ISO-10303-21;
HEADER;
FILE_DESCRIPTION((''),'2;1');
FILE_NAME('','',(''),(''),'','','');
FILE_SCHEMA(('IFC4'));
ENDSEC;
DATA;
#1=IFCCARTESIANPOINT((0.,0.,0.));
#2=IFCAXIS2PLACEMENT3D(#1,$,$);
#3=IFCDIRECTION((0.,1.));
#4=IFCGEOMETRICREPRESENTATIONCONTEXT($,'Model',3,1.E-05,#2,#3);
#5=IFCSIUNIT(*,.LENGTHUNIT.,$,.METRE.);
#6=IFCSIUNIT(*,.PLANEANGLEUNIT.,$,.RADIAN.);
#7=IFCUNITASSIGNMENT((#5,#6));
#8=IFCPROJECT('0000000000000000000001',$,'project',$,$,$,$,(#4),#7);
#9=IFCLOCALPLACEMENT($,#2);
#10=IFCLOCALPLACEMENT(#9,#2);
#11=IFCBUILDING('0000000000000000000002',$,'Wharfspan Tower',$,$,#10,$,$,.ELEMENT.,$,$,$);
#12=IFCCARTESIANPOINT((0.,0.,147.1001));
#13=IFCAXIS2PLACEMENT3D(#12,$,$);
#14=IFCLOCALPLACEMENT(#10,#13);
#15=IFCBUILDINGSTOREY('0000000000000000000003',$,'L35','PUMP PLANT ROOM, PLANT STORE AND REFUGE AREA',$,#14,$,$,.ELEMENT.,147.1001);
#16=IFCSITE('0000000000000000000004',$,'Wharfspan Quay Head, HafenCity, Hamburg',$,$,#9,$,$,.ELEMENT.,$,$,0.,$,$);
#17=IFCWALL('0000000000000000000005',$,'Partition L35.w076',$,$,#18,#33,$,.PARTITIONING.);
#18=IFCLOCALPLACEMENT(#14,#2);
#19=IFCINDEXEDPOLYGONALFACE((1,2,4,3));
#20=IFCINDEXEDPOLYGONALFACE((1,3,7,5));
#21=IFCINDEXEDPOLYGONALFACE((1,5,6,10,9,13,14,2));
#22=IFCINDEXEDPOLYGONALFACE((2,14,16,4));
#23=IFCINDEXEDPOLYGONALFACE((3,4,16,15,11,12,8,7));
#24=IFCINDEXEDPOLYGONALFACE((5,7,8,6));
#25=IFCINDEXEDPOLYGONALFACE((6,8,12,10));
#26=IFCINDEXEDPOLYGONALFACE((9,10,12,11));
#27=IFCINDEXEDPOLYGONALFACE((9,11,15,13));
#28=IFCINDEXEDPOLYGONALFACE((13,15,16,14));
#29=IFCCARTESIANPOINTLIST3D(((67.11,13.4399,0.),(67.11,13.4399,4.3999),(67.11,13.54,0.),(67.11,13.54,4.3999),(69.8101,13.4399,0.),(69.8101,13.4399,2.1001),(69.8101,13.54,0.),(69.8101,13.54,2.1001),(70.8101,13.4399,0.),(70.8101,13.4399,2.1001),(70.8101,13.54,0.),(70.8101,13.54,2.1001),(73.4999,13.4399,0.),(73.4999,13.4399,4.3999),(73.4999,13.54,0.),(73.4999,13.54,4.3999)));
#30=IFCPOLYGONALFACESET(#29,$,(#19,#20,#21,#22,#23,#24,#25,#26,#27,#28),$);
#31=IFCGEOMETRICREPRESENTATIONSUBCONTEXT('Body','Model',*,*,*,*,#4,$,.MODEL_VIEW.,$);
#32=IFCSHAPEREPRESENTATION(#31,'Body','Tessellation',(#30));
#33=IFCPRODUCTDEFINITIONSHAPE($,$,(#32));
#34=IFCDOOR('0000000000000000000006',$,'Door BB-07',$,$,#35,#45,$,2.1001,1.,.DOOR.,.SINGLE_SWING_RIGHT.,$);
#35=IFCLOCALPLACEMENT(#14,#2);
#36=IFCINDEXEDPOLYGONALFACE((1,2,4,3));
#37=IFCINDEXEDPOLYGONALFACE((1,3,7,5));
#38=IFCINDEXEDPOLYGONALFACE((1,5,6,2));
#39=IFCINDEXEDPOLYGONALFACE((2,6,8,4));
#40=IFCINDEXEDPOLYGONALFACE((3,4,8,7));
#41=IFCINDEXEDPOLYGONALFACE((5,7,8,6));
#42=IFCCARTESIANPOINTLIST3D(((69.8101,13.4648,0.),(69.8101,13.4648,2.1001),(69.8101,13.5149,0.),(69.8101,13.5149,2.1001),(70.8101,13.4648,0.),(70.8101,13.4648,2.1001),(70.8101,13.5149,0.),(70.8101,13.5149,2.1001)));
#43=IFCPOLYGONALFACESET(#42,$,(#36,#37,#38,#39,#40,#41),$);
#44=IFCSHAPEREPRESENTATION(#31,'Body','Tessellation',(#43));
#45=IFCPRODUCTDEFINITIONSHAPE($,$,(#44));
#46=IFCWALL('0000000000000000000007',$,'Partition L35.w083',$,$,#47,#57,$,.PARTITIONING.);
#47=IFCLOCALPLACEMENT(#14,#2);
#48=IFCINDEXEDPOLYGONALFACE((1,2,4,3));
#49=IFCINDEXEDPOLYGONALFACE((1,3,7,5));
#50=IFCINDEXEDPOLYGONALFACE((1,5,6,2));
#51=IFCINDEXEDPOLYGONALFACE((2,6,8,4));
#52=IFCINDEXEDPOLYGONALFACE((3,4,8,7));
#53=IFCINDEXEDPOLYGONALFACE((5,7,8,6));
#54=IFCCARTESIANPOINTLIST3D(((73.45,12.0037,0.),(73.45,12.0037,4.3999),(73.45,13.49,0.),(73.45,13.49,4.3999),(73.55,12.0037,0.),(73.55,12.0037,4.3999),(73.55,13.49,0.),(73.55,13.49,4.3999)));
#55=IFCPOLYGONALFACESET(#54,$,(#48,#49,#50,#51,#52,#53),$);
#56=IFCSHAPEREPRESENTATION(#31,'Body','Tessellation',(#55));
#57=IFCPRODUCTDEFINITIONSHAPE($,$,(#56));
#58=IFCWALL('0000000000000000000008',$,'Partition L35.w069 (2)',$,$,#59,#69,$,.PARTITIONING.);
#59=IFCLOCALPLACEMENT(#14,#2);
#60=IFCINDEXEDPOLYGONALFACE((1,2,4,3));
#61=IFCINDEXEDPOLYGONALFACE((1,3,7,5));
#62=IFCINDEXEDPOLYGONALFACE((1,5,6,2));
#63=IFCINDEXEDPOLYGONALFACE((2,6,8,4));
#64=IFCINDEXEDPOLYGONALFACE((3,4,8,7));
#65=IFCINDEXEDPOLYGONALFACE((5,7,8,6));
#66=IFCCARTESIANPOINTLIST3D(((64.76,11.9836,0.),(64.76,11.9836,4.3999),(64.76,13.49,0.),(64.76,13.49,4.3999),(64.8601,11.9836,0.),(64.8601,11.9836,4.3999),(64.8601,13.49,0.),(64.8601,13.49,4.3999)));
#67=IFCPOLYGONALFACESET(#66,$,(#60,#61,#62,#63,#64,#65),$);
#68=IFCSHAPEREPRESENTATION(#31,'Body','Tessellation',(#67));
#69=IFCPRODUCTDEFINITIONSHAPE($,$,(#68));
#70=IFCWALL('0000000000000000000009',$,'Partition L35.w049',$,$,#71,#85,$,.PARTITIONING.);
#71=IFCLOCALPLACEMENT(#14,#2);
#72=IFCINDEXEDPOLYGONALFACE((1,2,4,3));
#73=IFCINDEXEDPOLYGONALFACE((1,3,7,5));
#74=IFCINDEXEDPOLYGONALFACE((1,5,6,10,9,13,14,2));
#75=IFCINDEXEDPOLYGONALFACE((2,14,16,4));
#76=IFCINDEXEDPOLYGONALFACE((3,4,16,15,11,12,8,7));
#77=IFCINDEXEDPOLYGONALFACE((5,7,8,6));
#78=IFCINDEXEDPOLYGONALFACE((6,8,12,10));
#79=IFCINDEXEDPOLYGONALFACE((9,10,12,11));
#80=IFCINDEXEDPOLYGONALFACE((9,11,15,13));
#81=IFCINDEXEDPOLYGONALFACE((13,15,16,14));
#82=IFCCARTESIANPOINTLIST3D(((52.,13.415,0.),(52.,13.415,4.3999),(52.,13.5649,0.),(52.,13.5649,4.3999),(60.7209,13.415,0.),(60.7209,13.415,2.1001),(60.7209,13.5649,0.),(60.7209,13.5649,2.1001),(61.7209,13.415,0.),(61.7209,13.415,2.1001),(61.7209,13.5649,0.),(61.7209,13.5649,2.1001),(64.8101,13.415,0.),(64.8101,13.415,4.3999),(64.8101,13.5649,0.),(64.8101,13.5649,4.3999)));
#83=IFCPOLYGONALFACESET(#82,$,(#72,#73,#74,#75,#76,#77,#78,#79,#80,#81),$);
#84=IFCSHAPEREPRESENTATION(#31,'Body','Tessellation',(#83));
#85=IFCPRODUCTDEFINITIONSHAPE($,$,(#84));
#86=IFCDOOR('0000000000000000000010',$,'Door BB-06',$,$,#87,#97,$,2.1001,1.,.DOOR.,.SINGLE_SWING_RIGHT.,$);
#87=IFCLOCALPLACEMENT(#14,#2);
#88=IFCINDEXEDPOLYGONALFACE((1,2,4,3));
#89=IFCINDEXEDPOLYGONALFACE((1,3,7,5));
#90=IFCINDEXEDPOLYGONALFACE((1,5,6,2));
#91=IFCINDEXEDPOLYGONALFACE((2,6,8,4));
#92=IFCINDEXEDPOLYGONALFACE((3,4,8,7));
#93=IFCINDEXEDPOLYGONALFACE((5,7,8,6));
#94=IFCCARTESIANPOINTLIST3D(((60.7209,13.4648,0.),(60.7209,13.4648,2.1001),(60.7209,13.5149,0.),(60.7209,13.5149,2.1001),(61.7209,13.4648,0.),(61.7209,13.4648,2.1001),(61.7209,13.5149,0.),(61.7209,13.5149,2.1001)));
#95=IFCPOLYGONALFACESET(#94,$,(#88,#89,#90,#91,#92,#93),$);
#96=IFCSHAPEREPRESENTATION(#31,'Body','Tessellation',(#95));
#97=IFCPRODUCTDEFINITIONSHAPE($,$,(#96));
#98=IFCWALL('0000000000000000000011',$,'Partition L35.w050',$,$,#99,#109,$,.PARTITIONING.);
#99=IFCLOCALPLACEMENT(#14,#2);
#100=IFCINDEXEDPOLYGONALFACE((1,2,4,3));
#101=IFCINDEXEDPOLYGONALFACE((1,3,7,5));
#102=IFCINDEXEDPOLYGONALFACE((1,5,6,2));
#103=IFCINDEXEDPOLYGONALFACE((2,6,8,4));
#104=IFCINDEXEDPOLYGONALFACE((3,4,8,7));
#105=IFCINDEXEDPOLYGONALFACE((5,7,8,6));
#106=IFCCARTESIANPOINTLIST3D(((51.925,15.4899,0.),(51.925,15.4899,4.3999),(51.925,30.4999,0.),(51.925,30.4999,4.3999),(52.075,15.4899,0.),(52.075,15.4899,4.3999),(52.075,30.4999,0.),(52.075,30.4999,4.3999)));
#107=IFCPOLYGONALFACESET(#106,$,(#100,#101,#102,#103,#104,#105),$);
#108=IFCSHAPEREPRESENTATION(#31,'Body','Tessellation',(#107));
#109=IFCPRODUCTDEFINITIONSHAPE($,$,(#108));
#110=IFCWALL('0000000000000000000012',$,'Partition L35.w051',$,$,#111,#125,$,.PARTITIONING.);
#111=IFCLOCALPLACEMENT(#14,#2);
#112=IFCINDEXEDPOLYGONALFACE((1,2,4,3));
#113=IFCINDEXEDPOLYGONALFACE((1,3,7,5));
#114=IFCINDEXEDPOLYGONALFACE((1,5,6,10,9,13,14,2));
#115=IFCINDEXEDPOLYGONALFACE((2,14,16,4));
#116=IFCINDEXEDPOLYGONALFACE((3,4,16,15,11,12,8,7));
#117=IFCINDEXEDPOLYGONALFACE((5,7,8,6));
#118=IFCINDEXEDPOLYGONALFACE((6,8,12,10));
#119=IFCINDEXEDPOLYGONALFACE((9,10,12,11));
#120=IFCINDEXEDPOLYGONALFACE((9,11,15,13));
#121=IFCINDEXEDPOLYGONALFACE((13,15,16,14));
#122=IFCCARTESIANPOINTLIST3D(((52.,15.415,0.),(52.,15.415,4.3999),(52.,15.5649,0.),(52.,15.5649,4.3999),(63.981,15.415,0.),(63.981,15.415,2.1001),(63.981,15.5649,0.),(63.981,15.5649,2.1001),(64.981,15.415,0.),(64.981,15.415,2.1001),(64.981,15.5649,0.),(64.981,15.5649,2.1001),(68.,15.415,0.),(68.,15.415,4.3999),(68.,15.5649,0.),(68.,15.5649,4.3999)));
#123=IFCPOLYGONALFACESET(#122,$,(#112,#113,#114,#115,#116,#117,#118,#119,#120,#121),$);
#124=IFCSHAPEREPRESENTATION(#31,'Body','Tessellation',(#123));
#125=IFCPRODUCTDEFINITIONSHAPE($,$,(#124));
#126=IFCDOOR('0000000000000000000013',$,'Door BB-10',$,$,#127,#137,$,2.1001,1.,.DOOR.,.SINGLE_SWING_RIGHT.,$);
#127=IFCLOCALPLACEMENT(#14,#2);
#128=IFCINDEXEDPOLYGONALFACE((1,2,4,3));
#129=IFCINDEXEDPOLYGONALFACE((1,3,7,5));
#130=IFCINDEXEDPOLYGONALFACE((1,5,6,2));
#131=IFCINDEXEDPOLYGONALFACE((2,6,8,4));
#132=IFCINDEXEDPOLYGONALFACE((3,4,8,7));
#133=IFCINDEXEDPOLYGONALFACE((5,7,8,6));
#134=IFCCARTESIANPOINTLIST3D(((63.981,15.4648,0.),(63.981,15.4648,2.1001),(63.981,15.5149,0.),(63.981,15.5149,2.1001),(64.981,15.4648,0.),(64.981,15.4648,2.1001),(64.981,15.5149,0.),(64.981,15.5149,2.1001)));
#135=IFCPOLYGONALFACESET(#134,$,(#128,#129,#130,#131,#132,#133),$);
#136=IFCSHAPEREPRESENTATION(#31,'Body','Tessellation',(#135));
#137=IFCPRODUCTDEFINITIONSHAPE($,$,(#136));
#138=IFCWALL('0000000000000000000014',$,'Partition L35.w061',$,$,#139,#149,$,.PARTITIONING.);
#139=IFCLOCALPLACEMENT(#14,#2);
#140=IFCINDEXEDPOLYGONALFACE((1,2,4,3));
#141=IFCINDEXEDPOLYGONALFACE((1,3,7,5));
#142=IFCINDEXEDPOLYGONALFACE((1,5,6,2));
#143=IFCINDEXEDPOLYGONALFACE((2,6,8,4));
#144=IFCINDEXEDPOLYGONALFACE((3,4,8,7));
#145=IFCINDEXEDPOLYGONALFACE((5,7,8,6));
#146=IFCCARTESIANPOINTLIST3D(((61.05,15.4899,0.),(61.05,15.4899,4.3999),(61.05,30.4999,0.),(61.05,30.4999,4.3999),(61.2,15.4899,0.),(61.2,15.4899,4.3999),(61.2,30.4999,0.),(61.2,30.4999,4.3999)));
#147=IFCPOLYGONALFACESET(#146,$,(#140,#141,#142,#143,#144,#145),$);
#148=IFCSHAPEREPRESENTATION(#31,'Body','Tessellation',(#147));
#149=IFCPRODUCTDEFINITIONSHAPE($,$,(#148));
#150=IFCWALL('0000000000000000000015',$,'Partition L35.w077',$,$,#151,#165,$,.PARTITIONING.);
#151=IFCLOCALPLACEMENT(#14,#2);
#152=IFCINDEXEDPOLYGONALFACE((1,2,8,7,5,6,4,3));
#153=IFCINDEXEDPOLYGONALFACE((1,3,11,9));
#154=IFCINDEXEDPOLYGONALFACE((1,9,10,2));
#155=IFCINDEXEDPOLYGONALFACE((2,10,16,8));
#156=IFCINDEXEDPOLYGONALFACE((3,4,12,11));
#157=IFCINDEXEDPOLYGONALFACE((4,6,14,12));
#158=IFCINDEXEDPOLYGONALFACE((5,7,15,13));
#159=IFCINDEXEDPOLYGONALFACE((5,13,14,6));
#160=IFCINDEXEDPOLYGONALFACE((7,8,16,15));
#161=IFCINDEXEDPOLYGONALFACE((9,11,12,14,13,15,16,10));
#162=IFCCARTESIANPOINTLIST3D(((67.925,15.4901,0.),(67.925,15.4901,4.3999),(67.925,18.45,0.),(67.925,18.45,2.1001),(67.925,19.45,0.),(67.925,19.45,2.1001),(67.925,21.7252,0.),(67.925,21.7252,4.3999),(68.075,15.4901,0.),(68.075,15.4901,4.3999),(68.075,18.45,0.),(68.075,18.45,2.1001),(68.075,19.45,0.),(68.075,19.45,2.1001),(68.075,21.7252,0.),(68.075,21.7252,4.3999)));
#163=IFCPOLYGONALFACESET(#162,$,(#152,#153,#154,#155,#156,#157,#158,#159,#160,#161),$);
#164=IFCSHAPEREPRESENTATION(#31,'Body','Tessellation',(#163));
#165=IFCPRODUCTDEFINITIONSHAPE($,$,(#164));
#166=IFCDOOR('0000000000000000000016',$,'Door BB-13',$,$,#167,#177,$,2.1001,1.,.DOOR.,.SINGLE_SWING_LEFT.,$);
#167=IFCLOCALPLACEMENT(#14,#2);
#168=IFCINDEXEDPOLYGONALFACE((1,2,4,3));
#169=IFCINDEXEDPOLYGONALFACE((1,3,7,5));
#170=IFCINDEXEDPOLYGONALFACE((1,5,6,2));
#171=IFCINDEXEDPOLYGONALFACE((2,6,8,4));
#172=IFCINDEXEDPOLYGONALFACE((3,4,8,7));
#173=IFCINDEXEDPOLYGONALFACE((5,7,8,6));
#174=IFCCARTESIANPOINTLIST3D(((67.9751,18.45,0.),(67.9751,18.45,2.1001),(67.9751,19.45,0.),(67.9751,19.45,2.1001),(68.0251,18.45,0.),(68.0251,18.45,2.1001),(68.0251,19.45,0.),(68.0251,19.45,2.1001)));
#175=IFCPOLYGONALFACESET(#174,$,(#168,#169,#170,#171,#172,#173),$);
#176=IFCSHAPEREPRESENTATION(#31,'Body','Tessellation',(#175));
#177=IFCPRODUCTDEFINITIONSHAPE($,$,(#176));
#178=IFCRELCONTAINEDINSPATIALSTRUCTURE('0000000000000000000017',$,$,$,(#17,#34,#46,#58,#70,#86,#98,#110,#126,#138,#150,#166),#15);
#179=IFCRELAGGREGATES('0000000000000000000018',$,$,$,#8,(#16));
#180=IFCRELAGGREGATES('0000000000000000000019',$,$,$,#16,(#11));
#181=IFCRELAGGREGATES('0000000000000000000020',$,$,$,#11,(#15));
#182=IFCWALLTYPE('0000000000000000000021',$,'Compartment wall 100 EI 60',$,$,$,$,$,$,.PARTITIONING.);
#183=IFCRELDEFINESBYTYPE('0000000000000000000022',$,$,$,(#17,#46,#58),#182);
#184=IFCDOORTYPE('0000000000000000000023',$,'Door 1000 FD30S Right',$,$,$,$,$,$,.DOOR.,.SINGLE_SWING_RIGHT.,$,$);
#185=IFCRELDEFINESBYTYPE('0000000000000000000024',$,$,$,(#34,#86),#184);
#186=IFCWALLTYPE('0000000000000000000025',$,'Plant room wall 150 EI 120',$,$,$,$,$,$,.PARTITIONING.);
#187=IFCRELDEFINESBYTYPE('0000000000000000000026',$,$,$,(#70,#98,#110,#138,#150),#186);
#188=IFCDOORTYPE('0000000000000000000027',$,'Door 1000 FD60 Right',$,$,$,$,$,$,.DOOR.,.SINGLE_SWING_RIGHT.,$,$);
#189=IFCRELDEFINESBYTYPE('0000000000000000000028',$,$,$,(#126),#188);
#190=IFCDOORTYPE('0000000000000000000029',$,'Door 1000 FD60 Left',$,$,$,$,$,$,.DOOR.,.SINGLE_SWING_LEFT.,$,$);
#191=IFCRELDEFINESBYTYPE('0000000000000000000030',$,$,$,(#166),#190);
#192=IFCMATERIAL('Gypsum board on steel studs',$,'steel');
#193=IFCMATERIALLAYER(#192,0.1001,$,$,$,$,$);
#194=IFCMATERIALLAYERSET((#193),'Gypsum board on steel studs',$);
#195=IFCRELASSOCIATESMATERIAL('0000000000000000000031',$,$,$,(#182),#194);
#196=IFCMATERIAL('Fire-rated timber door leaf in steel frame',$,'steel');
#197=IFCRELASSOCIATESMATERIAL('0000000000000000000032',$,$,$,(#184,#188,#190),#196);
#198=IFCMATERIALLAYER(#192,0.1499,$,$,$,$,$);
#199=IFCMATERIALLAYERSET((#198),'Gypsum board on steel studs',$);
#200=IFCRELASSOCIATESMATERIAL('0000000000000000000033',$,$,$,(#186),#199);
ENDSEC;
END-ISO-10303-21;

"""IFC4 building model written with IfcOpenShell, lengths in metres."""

from ifc_helpers import new_model, si_unit, direction, frame, frame_2d, origin, place, context, subcontext, project, spatial, rectangle, extrude, material, layer, layer_set, type_object, element, fill, save


model = new_model("IFC4")

# Units and contexts
model_context = context("Model", 3, precision=1e-05, world=origin(), true_north=direction((0.0, 1.0)))
body_context = subcontext(model_context, "Body", "Model", "MODEL_VIEW")
ifc_project = project(units=[si_unit("LENGTHUNIT", "METRE"), si_unit("PLANEANGLEUNIT", "RADIAN")], contexts=[model_context])

# Site, building, storey
site_placement = place(None, origin())
site = spatial("IfcSite", under=ifc_project, at=site_placement, Name="Wharfspan Quay Head, HafenCity, Hamburg", CompositionType="ELEMENT", RefElevation=0.0)
building_placement = place(site_placement, origin())
building = spatial("IfcBuilding", under=site, at=building_placement, Name="Wharfspan Tower", CompositionType="ELEMENT")
storey_placement = place(building_placement, frame((0.0, 0.0, 147.1001)))
storey = spatial("IfcBuildingStorey", under=building, at=storey_placement, Name="L35", Description="PUMP PLANT ROOM, PLANT STORE AND REFUGE AREA", CompositionType="ELEMENT", Elevation=147.1001)

# Shared definitions
ifc_material_1 = material(Name="Gypsum board on steel studs", Category="steel")
ifc_layer_1 = layer(ifc_material_1, 0.1001)
ifc_layer_set_1 = layer_set([ifc_layer_1], Name="Gypsum board on steel studs")
wall_type_1 = type_object("IfcWallType", Name="Compartment wall 100 EI 60", PredefinedType="PARTITIONING", material=ifc_layer_set_1)

# Wall, opening, door
wall_1_placement = place(storey_placement, frame((67.1101, 13.49, 0.0), z_axis=(0.0, 0.0, 1.0), x_axis=(1.0, 0.0, 0.0)))
wall_1 = element("IfcWall", 1, at=wall_1_placement, inside=storey, type_object=wall_type_1, Name="Partition L35.w076", PredefinedType="PARTITIONING", context=body_context, shape_type="SweptSolid", body=[
    extrude(rectangle(XDim=6.3899, YDim=0.1001, at=frame_2d((3.1948, 0.0))), origin(), (0.0, 0.0, 1.0), 4.3999),
])
opening_1_placement = place(wall_1_placement, frame((2.7, 0.0, 0.0)))
opening_1 = element("IfcOpeningElement", 2, at=opening_1_placement, cuts=wall_1, PredefinedType="OPENING", context=body_context, shape_type="SweptSolid", body=[
    extrude(rectangle(XDim=1.0, YDim=2.1001, at=frame_2d((0.5, 1.05))), frame((0.0, 0.0601, 0.0), z_axis=(0.0, -1.0, 0.0), x_axis=(1.0, 0.0, 0.0)), (0.0, 0.0, 1.0), 0.1201),
])
ifc_material_2 = material(Name="Fire-rated timber door leaf in steel frame", Category="steel")
door_type_1 = type_object("IfcDoorType", Name="Door 1000 FD30S Right", OperationType="SINGLE_SWING_RIGHT", PredefinedType="DOOR", material=ifc_material_2)
door_1_placement = place(opening_1_placement, origin())
door_1 = element("IfcDoor", 3, at=door_1_placement, inside=storey, type_object=door_type_1, Name="Door BB-07", OperationType="SINGLE_SWING_RIGHT", OverallHeight=2.1001, OverallWidth=1.0, PredefinedType="DOOR", context=body_context, shape_type="SweptSolid", body=[
    extrude(rectangle(XDim=1.0, YDim=2.1001, at=frame_2d((0.5, 1.05))), frame((0.0, 0.0249, 0.0), z_axis=(0.0, -1.0, 0.0), x_axis=(1.0, 0.0, 0.0)), (0.0, 0.0, 1.0), 0.05),
])
fill(opening_1, door_1)

# Walls
wall_2_placement = place(storey_placement, frame((73.5, 12.0037, 0.0), z_axis=(0.0, 0.0, 1.0), x_axis=(0.0, 1.0, 0.0)))
element("IfcWall", 4, at=wall_2_placement, inside=storey, type_object=wall_type_1, Name="Partition L35.w083", PredefinedType="PARTITIONING", context=body_context, shape_type="SweptSolid", body=[
    extrude(rectangle(XDim=1.4863, YDim=0.1001, at=frame_2d((0.7432, 0.0))), origin(), (0.0, 0.0, 1.0), 4.3999),
])
wall_3_placement = place(storey_placement, frame((64.8101, 11.9836, 0.0), z_axis=(0.0, 0.0, 1.0), x_axis=(0.0, 1.0, 0.0)))
element("IfcWall", 5, at=wall_3_placement, inside=storey, type_object=wall_type_1, Name="Partition L35.w069 (2)", PredefinedType="PARTITIONING", context=body_context, shape_type="SweptSolid", body=[
    extrude(rectangle(XDim=1.5063, YDim=0.1001, at=frame_2d((0.7532, 0.0))), origin(), (0.0, 0.0, 1.0), 4.3999),
])

# Wall, opening, door
ifc_layer_2 = layer(ifc_material_1, 0.1499)
ifc_layer_set_2 = layer_set([ifc_layer_2], Name="Gypsum board on steel studs")
wall_type_2 = type_object("IfcWallType", Name="Plant room wall 150 EI 120", PredefinedType="PARTITIONING", material=ifc_layer_set_2)
wall_4_placement = place(storey_placement, frame((52.0, 13.49, 0.0), z_axis=(0.0, 0.0, 1.0), x_axis=(1.0, 0.0, 0.0)))
wall_4 = element("IfcWall", 6, at=wall_4_placement, inside=storey, type_object=wall_type_2, Name="Partition L35.w049", PredefinedType="PARTITIONING", context=body_context, shape_type="SweptSolid", body=[
    extrude(rectangle(XDim=12.8101, YDim=0.1499, at=frame_2d((6.405, 0.0))), origin(), (0.0, 0.0, 1.0), 4.3999),
])
opening_2_placement = place(wall_4_placement, frame((8.7209, 0.0, 0.0)))
opening_2 = element("IfcOpeningElement", 7, at=opening_2_placement, cuts=wall_4, PredefinedType="OPENING", context=body_context, shape_type="SweptSolid", body=[
    extrude(rectangle(XDim=1.0, YDim=2.1001, at=frame_2d((0.5, 1.05))), frame((0.0, 0.085, 0.0), z_axis=(0.0, -1.0, 0.0), x_axis=(1.0, 0.0, 0.0)), (0.0, 0.0, 1.0), 0.1699),
])
door_2_placement = place(opening_2_placement, origin())
door_2 = element("IfcDoor", 8, at=door_2_placement, inside=storey, type_object=door_type_1, Name="Door BB-06", OperationType="SINGLE_SWING_RIGHT", OverallHeight=2.1001, OverallWidth=1.0, PredefinedType="DOOR", context=body_context, shape_type="SweptSolid", body=[
    extrude(rectangle(XDim=1.0, YDim=2.1001, at=frame_2d((0.5, 1.05))), frame((0.0, 0.0249, 0.0), z_axis=(0.0, -1.0, 0.0), x_axis=(1.0, 0.0, 0.0)), (0.0, 0.0, 1.0), 0.05),
])
fill(opening_2, door_2)

# Wall
wall_5_placement = place(storey_placement, frame((52.0, 15.49, 0.0), z_axis=(0.0, 0.0, 1.0), x_axis=(0.0, 1.0, 0.0)))
element("IfcWall", 9, at=wall_5_placement, inside=storey, type_object=wall_type_2, Name="Partition L35.w050", PredefinedType="PARTITIONING", context=body_context, shape_type="SweptSolid", body=[
    extrude(rectangle(XDim=15.01, YDim=0.1499, at=frame_2d((7.5049, 0.0))), origin(), (0.0, 0.0, 1.0), 4.3999),
])

# Wall, opening, door
wall_6_placement = place(storey_placement, frame((52.0, 15.49, 0.0), z_axis=(0.0, 0.0, 1.0), x_axis=(1.0, 0.0, 0.0)))
wall_6 = element("IfcWall", 10, at=wall_6_placement, inside=storey, type_object=wall_type_2, Name="Partition L35.w051", PredefinedType="PARTITIONING", context=body_context, shape_type="SweptSolid", body=[
    extrude(rectangle(XDim=16.0, YDim=0.1499, at=frame_2d((8.0, 0.0))), origin(), (0.0, 0.0, 1.0), 4.3999),
])
opening_3_placement = place(wall_6_placement, frame((11.981, 0.0, 0.0)))
opening_3 = element("IfcOpeningElement", 11, at=opening_3_placement, cuts=wall_6, PredefinedType="OPENING", context=body_context, shape_type="SweptSolid", body=[
    extrude(rectangle(XDim=1.0, YDim=2.1001, at=frame_2d((0.5, 1.05))), frame((0.0, 0.085, 0.0), z_axis=(0.0, -1.0, 0.0), x_axis=(1.0, 0.0, 0.0)), (0.0, 0.0, 1.0), 0.1699),
])
door_type_2 = type_object("IfcDoorType", Name="Door 1000 FD60 Right", OperationType="SINGLE_SWING_RIGHT", PredefinedType="DOOR", material=ifc_material_2)
door_3_placement = place(opening_3_placement, origin())
door_3 = element("IfcDoor", 12, at=door_3_placement, inside=storey, type_object=door_type_2, Name="Door BB-10", OperationType="SINGLE_SWING_RIGHT", OverallHeight=2.1001, OverallWidth=1.0, PredefinedType="DOOR", context=body_context, shape_type="SweptSolid", body=[
    extrude(rectangle(XDim=1.0, YDim=2.1001, at=frame_2d((0.5, 1.05))), frame((0.0, 0.0249, 0.0), z_axis=(0.0, -1.0, 0.0), x_axis=(1.0, 0.0, 0.0)), (0.0, 0.0, 1.0), 0.05),
])
fill(opening_3, door_3)

# Wall
wall_7_placement = place(storey_placement, frame((61.125, 15.49, 0.0), z_axis=(0.0, 0.0, 1.0), x_axis=(0.0, 1.0, 0.0)))
element("IfcWall", 13, at=wall_7_placement, inside=storey, type_object=wall_type_2, Name="Partition L35.w061", PredefinedType="PARTITIONING", context=body_context, shape_type="SweptSolid", body=[
    extrude(rectangle(XDim=15.01, YDim=0.1499, at=frame_2d((7.5049, 0.0))), origin(), (0.0, 0.0, 1.0), 4.3999),
])

# Wall, opening, door
wall_8_placement = place(storey_placement, frame((68.0, 15.49, 0.0), z_axis=(0.0, 0.0, 1.0), x_axis=(0.0, 1.0, 0.0)))
wall_8 = element("IfcWall", 14, at=wall_8_placement, inside=storey, type_object=wall_type_2, Name="Partition L35.w077", PredefinedType="PARTITIONING", context=body_context, shape_type="SweptSolid", body=[
    extrude(rectangle(XDim=6.2351, YDim=0.1499, at=frame_2d((3.1177, 0.0))), origin(), (0.0, 0.0, 1.0), 4.3999),
])
opening_4_placement = place(wall_8_placement, frame((2.96, 0.0, 0.0)))
opening_4 = element("IfcOpeningElement", 15, at=opening_4_placement, cuts=wall_8, PredefinedType="OPENING", context=body_context, shape_type="SweptSolid", body=[
    extrude(rectangle(XDim=1.0, YDim=2.1001, at=frame_2d((0.5, 1.05))), frame((0.0, 0.085, 0.0), z_axis=(0.0, -1.0, 0.0), x_axis=(1.0, 0.0, 0.0)), (0.0, 0.0, 1.0), 0.1699),
])
door_type_3 = type_object("IfcDoorType", Name="Door 1000 FD60 Left", OperationType="SINGLE_SWING_LEFT", PredefinedType="DOOR", material=ifc_material_2)
door_4_placement = place(opening_4_placement, origin())
door_4 = element("IfcDoor", 16, at=door_4_placement, inside=storey, type_object=door_type_3, Name="Door BB-13", OperationType="SINGLE_SWING_LEFT", OverallHeight=2.1001, OverallWidth=1.0, PredefinedType="DOOR", context=body_context, shape_type="SweptSolid", body=[
    extrude(rectangle(XDim=1.0, YDim=2.1001, at=frame_2d((0.5, 1.05))), frame((0.0, 0.0249, 0.0), z_axis=(0.0, -1.0, 0.0), x_axis=(1.0, 0.0, 0.0)), (0.0, 0.0, 1.0), 0.05),
])
fill(opening_4, door_4)

save(model, "model.ifc")
